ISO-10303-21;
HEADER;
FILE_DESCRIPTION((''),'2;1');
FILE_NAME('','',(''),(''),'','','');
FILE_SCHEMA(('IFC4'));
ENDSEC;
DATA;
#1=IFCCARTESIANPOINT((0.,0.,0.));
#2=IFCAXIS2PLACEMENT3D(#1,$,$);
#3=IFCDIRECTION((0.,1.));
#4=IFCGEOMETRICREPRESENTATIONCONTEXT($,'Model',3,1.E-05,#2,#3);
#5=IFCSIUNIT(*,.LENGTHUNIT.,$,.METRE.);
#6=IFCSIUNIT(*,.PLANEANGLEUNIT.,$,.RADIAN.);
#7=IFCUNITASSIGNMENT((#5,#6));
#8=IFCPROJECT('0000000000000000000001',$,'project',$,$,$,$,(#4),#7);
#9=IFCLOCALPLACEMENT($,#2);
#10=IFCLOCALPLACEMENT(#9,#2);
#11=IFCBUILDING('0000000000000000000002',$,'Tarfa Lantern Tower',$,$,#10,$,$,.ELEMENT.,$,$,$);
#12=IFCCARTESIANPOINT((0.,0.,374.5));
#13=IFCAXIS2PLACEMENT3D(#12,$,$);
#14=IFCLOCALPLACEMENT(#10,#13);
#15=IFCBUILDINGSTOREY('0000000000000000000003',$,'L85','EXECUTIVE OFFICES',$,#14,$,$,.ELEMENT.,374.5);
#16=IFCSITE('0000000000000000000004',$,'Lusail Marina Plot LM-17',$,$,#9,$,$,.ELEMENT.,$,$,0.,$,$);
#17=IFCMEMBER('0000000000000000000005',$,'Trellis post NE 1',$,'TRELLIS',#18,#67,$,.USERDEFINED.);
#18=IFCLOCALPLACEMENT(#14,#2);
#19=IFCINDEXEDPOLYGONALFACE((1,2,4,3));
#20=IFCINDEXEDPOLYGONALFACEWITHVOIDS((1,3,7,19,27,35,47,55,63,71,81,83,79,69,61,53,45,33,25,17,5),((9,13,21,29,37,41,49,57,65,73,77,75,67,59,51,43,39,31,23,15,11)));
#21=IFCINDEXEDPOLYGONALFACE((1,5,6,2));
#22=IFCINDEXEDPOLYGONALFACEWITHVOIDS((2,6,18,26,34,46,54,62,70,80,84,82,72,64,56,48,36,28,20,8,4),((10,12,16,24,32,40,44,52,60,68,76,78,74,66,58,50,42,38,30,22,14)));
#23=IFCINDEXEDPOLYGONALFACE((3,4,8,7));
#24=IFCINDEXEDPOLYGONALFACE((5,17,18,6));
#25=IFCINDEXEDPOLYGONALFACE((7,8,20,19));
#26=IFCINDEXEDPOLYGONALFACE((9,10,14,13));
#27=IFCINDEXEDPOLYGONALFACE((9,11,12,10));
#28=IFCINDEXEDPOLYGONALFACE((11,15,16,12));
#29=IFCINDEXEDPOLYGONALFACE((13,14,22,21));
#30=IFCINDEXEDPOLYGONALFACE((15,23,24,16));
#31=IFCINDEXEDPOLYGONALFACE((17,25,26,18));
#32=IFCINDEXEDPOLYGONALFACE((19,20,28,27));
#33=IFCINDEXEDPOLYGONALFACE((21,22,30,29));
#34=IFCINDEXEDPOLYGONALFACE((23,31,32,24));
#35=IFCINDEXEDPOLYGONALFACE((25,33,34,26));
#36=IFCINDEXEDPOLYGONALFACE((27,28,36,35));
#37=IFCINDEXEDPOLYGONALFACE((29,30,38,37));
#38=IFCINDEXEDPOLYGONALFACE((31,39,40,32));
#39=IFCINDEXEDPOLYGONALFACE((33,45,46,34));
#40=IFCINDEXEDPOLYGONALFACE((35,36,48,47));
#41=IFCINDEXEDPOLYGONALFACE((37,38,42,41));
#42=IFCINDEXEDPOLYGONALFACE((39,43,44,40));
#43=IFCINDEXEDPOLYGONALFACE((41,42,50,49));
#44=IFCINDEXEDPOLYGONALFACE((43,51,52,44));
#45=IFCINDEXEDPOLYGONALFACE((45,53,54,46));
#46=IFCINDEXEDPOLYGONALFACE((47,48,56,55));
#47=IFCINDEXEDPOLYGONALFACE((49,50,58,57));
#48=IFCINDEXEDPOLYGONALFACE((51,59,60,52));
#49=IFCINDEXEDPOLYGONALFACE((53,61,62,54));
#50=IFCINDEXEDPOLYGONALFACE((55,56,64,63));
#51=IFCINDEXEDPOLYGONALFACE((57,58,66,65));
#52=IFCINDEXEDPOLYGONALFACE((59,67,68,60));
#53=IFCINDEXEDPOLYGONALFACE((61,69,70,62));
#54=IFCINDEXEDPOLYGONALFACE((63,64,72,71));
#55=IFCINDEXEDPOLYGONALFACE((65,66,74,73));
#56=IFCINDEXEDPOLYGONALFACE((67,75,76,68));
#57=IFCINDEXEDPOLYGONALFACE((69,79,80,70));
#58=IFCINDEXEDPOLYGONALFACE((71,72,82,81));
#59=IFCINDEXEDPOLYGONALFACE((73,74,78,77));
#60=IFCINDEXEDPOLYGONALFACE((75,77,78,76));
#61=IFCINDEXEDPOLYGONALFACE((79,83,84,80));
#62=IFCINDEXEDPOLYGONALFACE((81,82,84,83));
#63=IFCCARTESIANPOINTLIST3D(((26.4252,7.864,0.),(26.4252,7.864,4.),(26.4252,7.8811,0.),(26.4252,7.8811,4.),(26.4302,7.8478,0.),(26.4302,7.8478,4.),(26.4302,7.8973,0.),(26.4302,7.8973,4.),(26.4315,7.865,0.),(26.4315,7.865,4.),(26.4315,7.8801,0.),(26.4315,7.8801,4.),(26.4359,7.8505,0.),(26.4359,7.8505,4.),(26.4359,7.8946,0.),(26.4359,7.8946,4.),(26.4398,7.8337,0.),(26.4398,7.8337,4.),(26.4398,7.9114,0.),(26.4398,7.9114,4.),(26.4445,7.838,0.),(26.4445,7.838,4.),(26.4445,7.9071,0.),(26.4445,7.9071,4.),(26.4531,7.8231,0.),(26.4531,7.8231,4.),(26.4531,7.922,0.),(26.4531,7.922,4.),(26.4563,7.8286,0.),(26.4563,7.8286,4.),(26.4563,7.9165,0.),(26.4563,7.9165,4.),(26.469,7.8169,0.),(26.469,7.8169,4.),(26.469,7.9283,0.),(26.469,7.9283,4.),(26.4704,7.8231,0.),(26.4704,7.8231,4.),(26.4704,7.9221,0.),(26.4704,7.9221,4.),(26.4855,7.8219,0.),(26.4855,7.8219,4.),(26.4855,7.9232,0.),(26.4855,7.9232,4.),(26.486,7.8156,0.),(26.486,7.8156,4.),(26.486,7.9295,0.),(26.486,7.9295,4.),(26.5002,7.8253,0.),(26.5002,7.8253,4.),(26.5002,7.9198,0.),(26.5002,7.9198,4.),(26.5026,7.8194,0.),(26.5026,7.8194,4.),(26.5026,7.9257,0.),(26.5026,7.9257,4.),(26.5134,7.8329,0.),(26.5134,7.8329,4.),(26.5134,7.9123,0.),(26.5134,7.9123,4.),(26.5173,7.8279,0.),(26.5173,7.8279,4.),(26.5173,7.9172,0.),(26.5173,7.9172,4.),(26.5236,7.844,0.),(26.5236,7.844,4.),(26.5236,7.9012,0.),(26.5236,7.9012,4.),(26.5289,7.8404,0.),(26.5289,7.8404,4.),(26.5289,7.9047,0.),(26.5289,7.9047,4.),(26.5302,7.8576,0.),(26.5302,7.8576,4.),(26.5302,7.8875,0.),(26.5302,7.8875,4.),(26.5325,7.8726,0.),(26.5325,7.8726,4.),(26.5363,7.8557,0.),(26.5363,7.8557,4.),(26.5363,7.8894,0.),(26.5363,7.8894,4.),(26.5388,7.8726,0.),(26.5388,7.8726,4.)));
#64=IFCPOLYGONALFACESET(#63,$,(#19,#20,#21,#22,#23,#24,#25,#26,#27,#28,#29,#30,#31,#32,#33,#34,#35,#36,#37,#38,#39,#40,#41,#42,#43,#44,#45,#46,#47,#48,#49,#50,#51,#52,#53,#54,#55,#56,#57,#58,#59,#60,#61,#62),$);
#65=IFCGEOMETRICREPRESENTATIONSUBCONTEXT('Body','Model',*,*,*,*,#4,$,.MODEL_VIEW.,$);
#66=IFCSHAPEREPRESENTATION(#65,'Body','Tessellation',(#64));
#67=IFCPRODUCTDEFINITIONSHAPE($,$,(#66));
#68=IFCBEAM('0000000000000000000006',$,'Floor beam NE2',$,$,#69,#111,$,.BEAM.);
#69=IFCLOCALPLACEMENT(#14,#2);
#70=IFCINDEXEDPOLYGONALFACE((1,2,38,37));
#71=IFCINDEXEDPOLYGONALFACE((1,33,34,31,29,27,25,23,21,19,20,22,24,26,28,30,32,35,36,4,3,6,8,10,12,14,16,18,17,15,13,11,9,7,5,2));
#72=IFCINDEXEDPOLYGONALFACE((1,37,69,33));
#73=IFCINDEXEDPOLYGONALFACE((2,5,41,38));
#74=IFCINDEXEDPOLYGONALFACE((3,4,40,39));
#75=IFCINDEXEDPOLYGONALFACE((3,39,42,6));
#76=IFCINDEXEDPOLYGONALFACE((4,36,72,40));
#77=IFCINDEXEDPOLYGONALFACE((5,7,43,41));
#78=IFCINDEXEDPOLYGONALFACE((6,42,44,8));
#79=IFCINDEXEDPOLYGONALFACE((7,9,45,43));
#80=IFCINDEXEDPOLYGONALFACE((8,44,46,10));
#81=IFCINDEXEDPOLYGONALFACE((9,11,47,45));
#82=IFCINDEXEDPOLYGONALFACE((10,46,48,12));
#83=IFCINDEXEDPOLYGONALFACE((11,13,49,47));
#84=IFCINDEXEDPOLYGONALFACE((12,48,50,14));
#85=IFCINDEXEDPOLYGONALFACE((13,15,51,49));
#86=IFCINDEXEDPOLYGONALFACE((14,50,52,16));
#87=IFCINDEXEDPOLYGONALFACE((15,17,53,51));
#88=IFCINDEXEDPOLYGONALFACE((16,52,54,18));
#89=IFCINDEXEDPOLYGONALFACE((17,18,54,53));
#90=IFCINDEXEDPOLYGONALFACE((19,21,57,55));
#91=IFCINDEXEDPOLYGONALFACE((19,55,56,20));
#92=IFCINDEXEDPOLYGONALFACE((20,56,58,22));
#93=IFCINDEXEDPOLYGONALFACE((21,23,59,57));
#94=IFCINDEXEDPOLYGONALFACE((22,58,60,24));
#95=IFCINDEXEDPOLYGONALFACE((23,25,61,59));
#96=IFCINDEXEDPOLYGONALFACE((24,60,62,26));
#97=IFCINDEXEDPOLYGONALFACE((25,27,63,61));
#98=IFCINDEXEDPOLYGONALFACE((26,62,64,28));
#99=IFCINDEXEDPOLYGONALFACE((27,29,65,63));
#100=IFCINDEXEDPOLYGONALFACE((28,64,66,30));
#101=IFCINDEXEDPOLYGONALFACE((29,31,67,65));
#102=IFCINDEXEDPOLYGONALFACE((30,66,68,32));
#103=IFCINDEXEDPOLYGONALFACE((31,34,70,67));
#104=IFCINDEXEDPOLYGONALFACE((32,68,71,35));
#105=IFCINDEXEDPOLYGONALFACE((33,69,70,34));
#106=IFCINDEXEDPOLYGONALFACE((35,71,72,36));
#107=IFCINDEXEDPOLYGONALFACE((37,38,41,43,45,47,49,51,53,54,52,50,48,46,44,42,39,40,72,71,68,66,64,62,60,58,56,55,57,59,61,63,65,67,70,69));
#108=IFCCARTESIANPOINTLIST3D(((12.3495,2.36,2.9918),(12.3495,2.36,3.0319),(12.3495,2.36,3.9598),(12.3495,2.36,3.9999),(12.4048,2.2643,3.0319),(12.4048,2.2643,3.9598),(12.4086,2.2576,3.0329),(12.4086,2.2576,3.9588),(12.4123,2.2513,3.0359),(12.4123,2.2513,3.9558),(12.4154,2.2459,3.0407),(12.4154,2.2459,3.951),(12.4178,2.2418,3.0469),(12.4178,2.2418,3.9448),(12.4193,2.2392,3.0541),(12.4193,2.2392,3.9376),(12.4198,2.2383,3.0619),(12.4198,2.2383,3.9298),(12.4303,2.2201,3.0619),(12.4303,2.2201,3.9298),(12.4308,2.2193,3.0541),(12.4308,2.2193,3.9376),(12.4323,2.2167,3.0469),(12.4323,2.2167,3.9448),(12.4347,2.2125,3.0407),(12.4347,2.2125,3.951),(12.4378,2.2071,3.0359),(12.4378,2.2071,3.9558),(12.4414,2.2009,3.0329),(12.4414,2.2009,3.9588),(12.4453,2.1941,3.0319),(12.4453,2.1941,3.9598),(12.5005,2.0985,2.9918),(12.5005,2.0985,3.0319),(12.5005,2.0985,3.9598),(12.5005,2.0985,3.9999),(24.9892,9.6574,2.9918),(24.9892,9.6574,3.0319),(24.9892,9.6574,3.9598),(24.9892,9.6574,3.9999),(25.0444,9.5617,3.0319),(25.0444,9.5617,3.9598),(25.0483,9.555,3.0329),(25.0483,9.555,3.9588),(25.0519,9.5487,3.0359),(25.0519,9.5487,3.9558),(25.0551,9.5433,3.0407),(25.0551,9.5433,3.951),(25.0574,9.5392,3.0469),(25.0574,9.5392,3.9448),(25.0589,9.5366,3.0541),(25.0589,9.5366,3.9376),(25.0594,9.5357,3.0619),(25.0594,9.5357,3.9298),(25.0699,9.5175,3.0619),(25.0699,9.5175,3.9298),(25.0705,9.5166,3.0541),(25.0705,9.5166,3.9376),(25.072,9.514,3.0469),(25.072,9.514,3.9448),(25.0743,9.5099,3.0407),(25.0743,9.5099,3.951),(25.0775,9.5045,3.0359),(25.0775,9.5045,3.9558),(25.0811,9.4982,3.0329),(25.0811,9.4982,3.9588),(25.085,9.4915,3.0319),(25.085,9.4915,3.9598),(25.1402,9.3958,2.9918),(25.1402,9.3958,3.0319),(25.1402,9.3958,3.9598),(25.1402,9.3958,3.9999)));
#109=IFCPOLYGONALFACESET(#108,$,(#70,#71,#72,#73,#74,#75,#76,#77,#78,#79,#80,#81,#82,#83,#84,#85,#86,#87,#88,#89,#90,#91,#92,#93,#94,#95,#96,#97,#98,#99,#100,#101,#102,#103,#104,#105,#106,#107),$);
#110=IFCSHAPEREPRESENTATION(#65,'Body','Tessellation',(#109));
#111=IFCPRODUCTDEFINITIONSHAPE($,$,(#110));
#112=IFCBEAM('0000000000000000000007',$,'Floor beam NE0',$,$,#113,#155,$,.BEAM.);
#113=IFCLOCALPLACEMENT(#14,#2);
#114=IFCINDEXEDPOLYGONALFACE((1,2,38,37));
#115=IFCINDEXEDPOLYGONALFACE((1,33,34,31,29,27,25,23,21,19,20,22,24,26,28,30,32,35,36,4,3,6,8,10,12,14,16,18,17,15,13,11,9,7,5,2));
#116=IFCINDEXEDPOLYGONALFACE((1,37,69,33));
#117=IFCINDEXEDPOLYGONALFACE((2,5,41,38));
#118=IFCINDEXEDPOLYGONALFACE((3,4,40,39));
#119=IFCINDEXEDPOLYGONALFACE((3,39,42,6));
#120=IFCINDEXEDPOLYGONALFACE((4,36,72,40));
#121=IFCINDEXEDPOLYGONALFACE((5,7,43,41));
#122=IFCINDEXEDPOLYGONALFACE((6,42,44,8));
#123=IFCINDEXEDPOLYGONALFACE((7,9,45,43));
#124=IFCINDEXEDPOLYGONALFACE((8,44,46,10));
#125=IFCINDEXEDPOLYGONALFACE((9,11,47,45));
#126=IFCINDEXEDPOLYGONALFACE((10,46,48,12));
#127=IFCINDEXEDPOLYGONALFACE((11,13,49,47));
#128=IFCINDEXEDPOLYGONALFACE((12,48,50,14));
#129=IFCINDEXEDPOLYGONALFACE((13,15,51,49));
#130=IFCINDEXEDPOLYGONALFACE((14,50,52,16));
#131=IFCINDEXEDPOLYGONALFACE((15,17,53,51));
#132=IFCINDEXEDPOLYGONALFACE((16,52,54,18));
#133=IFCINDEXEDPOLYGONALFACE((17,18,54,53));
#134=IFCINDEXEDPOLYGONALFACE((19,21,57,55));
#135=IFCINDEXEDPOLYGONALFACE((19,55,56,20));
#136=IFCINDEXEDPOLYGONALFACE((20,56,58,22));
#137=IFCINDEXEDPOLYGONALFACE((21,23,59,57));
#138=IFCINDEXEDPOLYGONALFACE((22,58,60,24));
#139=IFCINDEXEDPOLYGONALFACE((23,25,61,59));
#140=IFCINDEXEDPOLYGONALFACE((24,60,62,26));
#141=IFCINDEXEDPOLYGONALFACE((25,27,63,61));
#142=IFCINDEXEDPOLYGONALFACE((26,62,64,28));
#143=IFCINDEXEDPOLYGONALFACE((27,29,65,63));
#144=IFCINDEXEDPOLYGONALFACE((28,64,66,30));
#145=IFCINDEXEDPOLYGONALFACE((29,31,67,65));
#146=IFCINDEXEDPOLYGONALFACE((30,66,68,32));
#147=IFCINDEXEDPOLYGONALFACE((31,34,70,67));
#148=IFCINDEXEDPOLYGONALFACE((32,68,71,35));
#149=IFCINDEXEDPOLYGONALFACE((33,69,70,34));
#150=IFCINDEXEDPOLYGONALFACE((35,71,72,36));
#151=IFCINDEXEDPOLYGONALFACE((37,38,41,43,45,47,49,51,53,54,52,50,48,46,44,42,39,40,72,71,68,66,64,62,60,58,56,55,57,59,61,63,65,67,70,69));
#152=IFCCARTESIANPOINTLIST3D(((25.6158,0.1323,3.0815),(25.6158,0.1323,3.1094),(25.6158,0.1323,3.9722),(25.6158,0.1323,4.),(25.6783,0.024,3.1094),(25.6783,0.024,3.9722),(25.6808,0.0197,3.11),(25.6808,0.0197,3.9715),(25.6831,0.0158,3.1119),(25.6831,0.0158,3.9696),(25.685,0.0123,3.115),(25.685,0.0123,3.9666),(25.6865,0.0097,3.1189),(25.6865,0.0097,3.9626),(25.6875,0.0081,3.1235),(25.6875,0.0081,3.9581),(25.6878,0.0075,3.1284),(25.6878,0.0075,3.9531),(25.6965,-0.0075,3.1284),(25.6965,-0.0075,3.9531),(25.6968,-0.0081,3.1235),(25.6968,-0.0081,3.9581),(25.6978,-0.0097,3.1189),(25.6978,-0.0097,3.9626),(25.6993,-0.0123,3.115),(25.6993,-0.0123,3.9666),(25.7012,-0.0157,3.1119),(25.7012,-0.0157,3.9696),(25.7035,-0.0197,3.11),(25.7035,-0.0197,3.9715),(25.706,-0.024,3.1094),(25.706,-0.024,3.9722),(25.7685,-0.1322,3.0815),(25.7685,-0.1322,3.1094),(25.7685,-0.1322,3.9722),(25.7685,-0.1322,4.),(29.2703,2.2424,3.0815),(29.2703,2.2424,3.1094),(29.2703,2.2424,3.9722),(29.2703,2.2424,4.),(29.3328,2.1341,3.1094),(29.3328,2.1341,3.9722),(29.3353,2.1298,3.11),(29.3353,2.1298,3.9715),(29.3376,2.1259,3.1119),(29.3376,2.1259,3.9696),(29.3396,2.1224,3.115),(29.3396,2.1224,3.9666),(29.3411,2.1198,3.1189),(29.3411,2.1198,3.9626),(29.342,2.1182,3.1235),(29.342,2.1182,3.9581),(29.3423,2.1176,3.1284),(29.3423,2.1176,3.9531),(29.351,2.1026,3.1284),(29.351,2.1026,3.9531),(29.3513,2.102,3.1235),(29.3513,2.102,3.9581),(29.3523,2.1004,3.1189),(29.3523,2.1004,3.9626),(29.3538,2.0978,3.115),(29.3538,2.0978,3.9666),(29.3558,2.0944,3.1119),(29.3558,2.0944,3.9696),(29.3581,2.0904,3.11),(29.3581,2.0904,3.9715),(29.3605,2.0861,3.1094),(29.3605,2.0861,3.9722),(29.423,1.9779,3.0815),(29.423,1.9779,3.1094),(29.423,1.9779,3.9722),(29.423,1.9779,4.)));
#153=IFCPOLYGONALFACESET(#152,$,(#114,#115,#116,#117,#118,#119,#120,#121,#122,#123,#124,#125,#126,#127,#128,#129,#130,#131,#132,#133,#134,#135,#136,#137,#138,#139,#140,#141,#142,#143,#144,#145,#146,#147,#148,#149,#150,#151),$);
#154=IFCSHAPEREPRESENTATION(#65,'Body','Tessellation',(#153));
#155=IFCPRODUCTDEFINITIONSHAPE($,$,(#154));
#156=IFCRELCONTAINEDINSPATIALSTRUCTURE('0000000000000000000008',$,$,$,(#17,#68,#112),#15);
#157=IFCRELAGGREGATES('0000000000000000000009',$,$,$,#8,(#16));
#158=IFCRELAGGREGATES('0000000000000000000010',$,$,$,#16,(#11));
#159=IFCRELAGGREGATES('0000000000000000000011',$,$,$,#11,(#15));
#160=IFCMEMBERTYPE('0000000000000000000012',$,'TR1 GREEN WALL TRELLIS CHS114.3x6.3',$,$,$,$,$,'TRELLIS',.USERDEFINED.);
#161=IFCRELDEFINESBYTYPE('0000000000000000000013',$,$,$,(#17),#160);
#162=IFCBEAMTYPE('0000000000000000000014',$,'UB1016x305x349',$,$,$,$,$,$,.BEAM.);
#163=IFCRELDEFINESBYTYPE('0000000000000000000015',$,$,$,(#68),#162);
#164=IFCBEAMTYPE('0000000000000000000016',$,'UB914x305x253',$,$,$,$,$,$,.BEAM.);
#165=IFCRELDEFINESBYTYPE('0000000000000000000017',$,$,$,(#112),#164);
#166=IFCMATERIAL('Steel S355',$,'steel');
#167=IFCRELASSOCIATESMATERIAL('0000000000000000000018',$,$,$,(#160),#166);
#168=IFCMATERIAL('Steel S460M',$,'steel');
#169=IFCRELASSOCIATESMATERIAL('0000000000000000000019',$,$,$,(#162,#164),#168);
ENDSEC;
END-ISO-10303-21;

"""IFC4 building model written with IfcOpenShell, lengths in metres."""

from ifc_helpers import new_model, si_unit, direction, frame, origin, origin_2d, place, context, subcontext, project, spatial, hollow_circle, i_section, extrude, material, material_profile, profile_set, type_object, element, save


model = new_model("IFC4")

# Units and contexts
model_context = context("Model", 3, precision=1e-05, world=origin(), true_north=direction((0.0, 1.0)))
body_context = subcontext(model_context, "Body", "Model", "MODEL_VIEW")
ifc_project = project(units=[si_unit("LENGTHUNIT", "METRE"), si_unit("PLANEANGLEUNIT", "RADIAN")], contexts=[model_context])

# Site, building, storey
site_placement = place(None, origin())
site = spatial("IfcSite", under=ifc_project, at=site_placement, Name="Lusail Marina Plot LM-17", CompositionType="ELEMENT", RefElevation=0.0)
building_placement = place(site_placement, origin())
building = spatial("IfcBuilding", under=site, at=building_placement, Name="Tarfa Lantern Tower", CompositionType="ELEMENT")
storey_placement = place(building_placement, frame((0.0, 0.0, 374.5)))
storey = spatial("IfcBuildingStorey", under=building, at=storey_placement, Name="L85", Description="EXECUTIVE OFFICES", CompositionType="ELEMENT", Elevation=374.5)

# Member
ifc_material_1 = material(Name="Steel S355", Category="steel")
ifc_material_profile_1 = material_profile(ifc_material_1, hollow_circle(Radius=0.0571, WallThickness=0.0063, at=origin_2d()), Name="CHS114.3x6.3")
ifc_profile_set_1 = profile_set([ifc_material_profile_1], Name="Steel S355")
member_type_1 = type_object("IfcMemberType", Name="TR1 GREEN WALL TRELLIS CHS114.3x6.3", ElementType="TRELLIS", PredefinedType="USERDEFINED", material=ifc_profile_set_1)
member_1_placement = place(storey_placement, frame((26.4817, 7.8726, 0.0), z_axis=(0.0, 0.0, 1.0), x_axis=(1.0, 0.0, 0.0)))
element("IfcMember", 1, at=member_1_placement, inside=storey, type_object=member_type_1, Name="Trellis post NE 1", ObjectType="TRELLIS", PredefinedType="USERDEFINED", context=body_context, shape_type="SweptSolid", body=[
    extrude(hollow_circle(Radius=0.0571, WallThickness=0.0063, at=origin_2d()), origin(), (0.0, 0.0, 1.0), 4.0),
])

# Beams
ifc_material_2 = material(Name="Steel S460M", Category="steel")
ifc_material_profile_2 = material_profile(ifc_material_2, i_section(OverallWidth=0.302, OverallDepth=1.0081, WebThickness=0.021, FlangeThickness=0.04, FilletRadius=0.03, at=origin_2d()), Name="UB1016x305x349")
ifc_profile_set_2 = profile_set([ifc_material_profile_2], Name="Steel S460M")
beam_type_1 = type_object("IfcBeamType", Name="UB1016x305x349", PredefinedType="BEAM", material=ifc_profile_set_2)
beam_1_placement = place(storey_placement, frame((25.0647, 9.5266, 3.4958), z_axis=(-0.86603, -0.499993, 0.0), x_axis=(0.499993, -0.86603, 0.0)))
element("IfcBeam", 2, at=beam_1_placement, inside=storey, type_object=beam_type_1, Name="Floor beam NE2", PredefinedType="BEAM", context=body_context, shape_type="SweptSolid", body=[
    extrude(i_section(OverallWidth=0.302, OverallDepth=1.0081, WebThickness=0.021, FlangeThickness=0.04, FilletRadius=0.03, at=origin_2d()), origin(), (0.0, 0.0, 1.0), 14.595),
])
ifc_material_profile_3 = material_profile(ifc_material_2, i_section(OverallWidth=0.3054, OverallDepth=0.9185, WebThickness=0.0173, FlangeThickness=0.0278, FilletRadius=0.019, at=origin_2d()), Name="UB914x305x253")
ifc_profile_set_3 = profile_set([ifc_material_profile_3], Name="Steel S460M")
beam_type_2 = type_object("IfcBeamType", Name="UB914x305x253", PredefinedType="BEAM", material=ifc_profile_set_3)
beam_2_placement = place(storey_placement, frame((29.3467, 2.1101, 3.5408), z_axis=(-0.866009, -0.500028, 0.0), x_axis=(0.500028, -0.866009, 0.0)))
element("IfcBeam", 3, at=beam_2_placement, inside=storey, type_object=beam_type_2, Name="Floor beam NE0", PredefinedType="BEAM", context=body_context, shape_type="SweptSolid", body=[
    extrude(i_section(OverallWidth=0.3054, OverallDepth=0.9185, WebThickness=0.0173, FlangeThickness=0.0278, FilletRadius=0.019, at=origin_2d()), origin(), (0.0, 0.0, 1.0), 4.22),
])

save(model, "model.ifc")
